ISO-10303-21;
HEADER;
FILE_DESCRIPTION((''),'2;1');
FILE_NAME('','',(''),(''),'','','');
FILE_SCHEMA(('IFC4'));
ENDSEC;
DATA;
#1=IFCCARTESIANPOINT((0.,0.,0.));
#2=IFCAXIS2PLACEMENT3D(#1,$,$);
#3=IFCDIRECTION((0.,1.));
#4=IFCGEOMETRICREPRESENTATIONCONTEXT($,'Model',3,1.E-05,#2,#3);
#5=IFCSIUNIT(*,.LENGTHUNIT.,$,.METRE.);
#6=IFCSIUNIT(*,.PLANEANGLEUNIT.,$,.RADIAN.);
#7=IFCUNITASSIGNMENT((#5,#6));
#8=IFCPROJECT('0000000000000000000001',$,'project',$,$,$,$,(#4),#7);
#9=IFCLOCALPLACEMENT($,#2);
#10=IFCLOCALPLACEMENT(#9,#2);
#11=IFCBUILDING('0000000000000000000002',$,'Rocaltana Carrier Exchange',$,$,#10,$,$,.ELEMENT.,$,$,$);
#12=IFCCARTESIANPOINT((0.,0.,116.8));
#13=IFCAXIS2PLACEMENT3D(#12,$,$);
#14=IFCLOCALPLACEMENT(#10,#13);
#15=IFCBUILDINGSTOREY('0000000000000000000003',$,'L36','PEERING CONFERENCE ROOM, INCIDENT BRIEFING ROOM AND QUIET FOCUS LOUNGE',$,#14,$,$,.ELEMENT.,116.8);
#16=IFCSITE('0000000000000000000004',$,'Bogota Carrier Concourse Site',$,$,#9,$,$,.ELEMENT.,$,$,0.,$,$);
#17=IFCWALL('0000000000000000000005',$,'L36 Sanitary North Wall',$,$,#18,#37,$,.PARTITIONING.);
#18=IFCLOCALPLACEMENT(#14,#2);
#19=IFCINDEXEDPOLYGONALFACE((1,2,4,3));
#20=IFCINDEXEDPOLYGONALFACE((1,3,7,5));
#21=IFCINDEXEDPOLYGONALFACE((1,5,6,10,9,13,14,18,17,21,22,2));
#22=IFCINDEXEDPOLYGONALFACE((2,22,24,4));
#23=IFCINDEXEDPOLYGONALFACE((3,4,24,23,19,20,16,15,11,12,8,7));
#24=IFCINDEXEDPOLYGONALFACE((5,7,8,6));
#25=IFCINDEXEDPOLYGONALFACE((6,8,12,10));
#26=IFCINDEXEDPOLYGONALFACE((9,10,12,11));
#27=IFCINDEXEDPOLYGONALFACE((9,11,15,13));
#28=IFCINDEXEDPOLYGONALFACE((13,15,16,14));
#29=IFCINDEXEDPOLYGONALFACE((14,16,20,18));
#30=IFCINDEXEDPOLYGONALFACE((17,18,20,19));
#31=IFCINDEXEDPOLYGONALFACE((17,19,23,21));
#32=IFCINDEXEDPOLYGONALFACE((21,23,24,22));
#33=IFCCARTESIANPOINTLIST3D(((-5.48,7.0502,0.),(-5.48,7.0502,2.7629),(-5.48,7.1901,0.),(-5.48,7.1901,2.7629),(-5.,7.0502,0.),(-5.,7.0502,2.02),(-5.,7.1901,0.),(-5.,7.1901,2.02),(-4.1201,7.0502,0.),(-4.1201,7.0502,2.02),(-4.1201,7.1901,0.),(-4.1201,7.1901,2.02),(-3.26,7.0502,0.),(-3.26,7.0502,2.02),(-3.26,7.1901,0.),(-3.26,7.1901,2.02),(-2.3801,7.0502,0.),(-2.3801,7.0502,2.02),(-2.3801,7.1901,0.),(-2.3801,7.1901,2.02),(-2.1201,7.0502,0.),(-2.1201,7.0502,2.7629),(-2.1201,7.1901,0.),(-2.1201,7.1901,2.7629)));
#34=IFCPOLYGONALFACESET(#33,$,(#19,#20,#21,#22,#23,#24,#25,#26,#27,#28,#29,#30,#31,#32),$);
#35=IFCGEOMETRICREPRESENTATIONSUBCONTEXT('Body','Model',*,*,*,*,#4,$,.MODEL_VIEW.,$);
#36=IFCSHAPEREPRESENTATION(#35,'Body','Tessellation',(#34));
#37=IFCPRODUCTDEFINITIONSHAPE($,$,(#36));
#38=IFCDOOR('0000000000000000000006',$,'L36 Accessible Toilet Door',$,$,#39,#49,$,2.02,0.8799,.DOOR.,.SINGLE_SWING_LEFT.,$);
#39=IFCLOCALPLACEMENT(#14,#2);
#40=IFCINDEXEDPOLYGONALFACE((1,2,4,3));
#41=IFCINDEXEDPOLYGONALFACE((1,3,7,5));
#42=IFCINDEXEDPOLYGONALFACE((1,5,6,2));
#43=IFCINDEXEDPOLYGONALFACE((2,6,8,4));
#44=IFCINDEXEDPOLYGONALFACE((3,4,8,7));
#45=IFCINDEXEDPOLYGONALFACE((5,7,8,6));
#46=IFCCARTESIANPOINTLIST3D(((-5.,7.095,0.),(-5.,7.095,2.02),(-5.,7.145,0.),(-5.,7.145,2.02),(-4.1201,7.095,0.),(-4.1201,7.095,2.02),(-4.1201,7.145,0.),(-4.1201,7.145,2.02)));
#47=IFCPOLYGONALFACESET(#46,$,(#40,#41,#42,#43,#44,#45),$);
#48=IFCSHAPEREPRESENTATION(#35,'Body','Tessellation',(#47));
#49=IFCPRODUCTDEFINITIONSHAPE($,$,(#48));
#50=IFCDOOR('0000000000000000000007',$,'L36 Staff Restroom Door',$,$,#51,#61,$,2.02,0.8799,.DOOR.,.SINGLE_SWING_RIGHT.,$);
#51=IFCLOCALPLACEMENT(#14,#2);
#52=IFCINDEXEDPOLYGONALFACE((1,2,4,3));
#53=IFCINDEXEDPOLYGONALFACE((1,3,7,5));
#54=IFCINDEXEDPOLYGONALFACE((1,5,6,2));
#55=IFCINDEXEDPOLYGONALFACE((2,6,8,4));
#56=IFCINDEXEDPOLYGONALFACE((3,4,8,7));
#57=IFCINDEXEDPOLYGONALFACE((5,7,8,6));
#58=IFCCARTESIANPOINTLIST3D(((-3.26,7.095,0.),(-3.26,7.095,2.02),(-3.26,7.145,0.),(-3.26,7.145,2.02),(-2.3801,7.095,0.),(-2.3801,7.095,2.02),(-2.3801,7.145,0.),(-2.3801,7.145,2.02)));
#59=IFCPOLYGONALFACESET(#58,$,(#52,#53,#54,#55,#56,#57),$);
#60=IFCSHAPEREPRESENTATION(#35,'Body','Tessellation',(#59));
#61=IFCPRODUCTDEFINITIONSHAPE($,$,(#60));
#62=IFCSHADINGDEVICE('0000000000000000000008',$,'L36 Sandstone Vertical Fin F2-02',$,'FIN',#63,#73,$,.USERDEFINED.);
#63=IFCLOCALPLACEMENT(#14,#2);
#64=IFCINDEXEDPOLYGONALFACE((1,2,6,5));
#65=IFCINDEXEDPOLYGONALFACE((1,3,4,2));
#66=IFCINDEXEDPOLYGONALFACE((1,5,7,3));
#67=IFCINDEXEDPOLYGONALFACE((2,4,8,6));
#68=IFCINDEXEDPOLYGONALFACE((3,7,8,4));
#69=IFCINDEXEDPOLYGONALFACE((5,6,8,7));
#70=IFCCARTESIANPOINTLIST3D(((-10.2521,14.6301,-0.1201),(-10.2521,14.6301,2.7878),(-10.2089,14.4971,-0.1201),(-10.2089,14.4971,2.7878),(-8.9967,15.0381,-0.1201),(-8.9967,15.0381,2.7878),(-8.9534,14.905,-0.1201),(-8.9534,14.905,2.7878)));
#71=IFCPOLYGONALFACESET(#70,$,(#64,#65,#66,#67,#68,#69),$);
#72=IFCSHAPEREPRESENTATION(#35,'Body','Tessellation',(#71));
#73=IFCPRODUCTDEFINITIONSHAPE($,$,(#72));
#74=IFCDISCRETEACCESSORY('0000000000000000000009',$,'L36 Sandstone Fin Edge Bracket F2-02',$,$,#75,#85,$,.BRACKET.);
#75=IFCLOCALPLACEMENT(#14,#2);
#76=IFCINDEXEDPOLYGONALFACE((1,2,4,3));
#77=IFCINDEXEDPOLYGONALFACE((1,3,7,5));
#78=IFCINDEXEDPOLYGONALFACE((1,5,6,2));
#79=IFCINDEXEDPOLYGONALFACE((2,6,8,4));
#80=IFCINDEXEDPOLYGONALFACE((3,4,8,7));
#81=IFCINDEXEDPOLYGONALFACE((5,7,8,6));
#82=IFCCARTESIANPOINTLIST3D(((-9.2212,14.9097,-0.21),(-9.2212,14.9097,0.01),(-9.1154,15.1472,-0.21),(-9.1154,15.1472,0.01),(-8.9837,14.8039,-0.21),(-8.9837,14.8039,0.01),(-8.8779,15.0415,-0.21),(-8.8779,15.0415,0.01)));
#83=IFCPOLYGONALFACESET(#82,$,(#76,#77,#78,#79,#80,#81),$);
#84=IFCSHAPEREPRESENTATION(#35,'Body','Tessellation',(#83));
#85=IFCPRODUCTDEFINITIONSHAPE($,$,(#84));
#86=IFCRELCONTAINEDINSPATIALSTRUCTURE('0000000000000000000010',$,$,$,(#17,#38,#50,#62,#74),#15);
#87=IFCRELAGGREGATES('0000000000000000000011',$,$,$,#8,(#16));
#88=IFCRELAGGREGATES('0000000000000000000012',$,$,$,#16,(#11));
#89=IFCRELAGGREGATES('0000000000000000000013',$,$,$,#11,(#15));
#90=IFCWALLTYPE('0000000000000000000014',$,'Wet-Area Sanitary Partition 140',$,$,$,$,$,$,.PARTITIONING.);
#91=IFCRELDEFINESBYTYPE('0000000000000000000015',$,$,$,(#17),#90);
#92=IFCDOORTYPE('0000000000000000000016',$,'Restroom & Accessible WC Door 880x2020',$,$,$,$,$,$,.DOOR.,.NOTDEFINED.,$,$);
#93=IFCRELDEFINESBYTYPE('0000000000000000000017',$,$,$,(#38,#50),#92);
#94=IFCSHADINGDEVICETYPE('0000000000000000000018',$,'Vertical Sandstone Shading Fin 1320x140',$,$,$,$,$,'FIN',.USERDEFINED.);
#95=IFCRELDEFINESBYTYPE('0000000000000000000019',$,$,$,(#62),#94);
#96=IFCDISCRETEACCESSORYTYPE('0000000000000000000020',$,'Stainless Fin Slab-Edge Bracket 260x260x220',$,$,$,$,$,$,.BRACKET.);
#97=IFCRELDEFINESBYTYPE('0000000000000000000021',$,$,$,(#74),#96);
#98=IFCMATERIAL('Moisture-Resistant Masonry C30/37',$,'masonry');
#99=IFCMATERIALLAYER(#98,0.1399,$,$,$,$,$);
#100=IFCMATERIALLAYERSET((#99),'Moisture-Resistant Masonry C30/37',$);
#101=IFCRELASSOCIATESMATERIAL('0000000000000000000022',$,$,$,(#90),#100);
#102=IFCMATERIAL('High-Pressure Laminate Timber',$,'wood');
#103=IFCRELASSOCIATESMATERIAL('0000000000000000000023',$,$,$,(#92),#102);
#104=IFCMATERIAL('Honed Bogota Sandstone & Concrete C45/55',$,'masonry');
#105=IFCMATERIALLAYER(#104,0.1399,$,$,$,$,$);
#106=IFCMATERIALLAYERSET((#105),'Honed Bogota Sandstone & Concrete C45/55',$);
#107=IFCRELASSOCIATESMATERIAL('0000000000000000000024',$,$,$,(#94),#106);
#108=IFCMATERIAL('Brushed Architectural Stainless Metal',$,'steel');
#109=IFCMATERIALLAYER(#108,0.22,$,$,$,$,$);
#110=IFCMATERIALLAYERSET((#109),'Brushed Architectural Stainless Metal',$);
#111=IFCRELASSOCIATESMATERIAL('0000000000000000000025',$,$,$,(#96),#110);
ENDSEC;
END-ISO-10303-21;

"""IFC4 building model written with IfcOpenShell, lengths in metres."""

from ifc_helpers import new_model, si_unit, direction, frame, frame_2d, origin, origin_2d, place, context, subcontext, project, spatial, rectangle, extrude, material, layer, layer_set, type_object, element, fill, save


model = new_model("IFC4")

# Units and contexts
model_context = context("Model", 3, precision=1e-05, world=origin(), true_north=direction((0.0, 1.0)))
body_context = subcontext(model_context, "Body", "Model", "MODEL_VIEW")
ifc_project = project(units=[si_unit("LENGTHUNIT", "METRE"), si_unit("PLANEANGLEUNIT", "RADIAN")], contexts=[model_context])

# Site, building, storey
site_placement = place(None, origin())
site = spatial("IfcSite", under=ifc_project, at=site_placement, Name="Bogota Carrier Concourse Site", CompositionType="ELEMENT", RefElevation=0.0)
building_placement = place(site_placement, origin())
building = spatial("IfcBuilding", under=site, at=building_placement, Name="Rocaltana Carrier Exchange", CompositionType="ELEMENT")
storey_placement = place(building_placement, frame((0.0, 0.0, 116.8)))
storey = spatial("IfcBuildingStorey", under=building, at=storey_placement, Name="L36", Description="PEERING CONFERENCE ROOM, INCIDENT BRIEFING ROOM AND QUIET FOCUS LOUNGE", CompositionType="ELEMENT", Elevation=116.8)

# Wall, openings, doors
ifc_material_1 = material(Name="Moisture-Resistant Masonry C30/37", Category="masonry")
ifc_layer_1 = layer(ifc_material_1, 0.1399)
ifc_layer_set_1 = layer_set([ifc_layer_1], Name="Moisture-Resistant Masonry C30/37")
wall_type_1 = type_object("IfcWallType", Name="Wet-Area Sanitary Partition 140", PredefinedType="PARTITIONING", material=ifc_layer_set_1)
wall_1_placement = place(storey_placement, frame((-5.48, 7.1201, 0.0), z_axis=(0.0, 0.0, 1.0), x_axis=(1.0, 0.0, 0.0)))
wall_1 = element("IfcWall", 1, at=wall_1_placement, inside=storey, type_object=wall_type_1, Name="L36 Sanitary North Wall", PredefinedType="PARTITIONING", context=body_context, shape_type="SweptSolid", body=[
    extrude(rectangle(XDim=3.3599, YDim=0.1399, at=frame_2d((1.6799, 0.0))), origin(), (0.0, 0.0, 1.0), 2.7629),
])
opening_1_placement = place(wall_1_placement, frame((0.48, 0.0, 0.0)))
opening_1 = element("IfcOpeningElement", 2, at=opening_1_placement, cuts=wall_1, PredefinedType="OPENING", context=body_context, shape_type="SweptSolid", body=[
    extrude(rectangle(XDim=0.8799, YDim=2.02, at=frame_2d((0.4399, 1.01))), frame((0.0, 0.0798, 0.0), z_axis=(0.0, -1.0, 0.0), x_axis=(1.0, 0.0, 0.0)), (0.0, 0.0, 1.0), 0.1599),
])
opening_2_placement = place(wall_1_placement, frame((2.22, 0.0, 0.0)))
opening_2 = element("IfcOpeningElement", 3, at=opening_2_placement, cuts=wall_1, PredefinedType="OPENING", context=body_context, shape_type="SweptSolid", body=[
    extrude(rectangle(XDim=0.8799, YDim=2.02, at=frame_2d((0.4399, 1.01))), frame((0.0, 0.0798, 0.0), z_axis=(0.0, -1.0, 0.0), x_axis=(1.0, 0.0, 0.0)), (0.0, 0.0, 1.0), 0.1599),
])
ifc_material_2 = material(Name="High-Pressure Laminate Timber", Category="wood")
door_type_1 = type_object("IfcDoorType", Name="Restroom & Accessible WC Door 880x2020", OperationType="NOTDEFINED", PredefinedType="DOOR", material=ifc_material_2)
door_1_placement = place(opening_1_placement, origin())
door_1 = element("IfcDoor", 4, at=door_1_placement, inside=storey, type_object=door_type_1, Name="L36 Accessible Toilet Door", OperationType="SINGLE_SWING_LEFT", OverallHeight=2.02, OverallWidth=0.8799, PredefinedType="DOOR", context=body_context, shape_type="SweptSolid", body=[
    extrude(rectangle(XDim=0.8799, YDim=2.02, at=frame_2d((0.4399, 1.01))), frame((0.0, 0.0249, 0.0), z_axis=(0.0, -1.0, 0.0), x_axis=(1.0, 0.0, 0.0)), (0.0, 0.0, 1.0), 0.05),
])
fill(opening_1, door_1)
door_2_placement = place(opening_2_placement, origin())
door_2 = element("IfcDoor", 5, at=door_2_placement, inside=storey, type_object=door_type_1, Name="L36 Staff Restroom Door", OperationType="SINGLE_SWING_RIGHT", OverallHeight=2.02, OverallWidth=0.8799, PredefinedType="DOOR", context=body_context, shape_type="SweptSolid", body=[
    extrude(rectangle(XDim=0.8799, YDim=2.02, at=frame_2d((0.4399, 1.01))), frame((0.0, 0.0249, 0.0), z_axis=(0.0, -1.0, 0.0), x_axis=(1.0, 0.0, 0.0)), (0.0, 0.0, 1.0), 0.05),
])
fill(opening_2, door_2)

# Shading device
ifc_material_3 = material(Name="Honed Bogota Sandstone & Concrete C45/55", Category="masonry")
ifc_layer_2 = layer(ifc_material_3, 0.1399)
ifc_layer_set_2 = layer_set([ifc_layer_2], Name="Honed Bogota Sandstone & Concrete C45/55")
shading_device_type = type_object("IfcShadingDeviceType", Name="Vertical Sandstone Shading Fin 1320x140", ElementType="FIN", PredefinedType="USERDEFINED", material=ifc_layer_set_2)
shading_device_placement = place(storey_placement, frame((-9.6028, 14.7676, -0.1201), z_axis=(0.0, 0.0, 1.0), x_axis=(-0.951057, -0.309017, 0.0)))
element("IfcShadingDevice", 6, at=shading_device_placement, inside=storey, type_object=shading_device_type, Name="L36 Sandstone Vertical Fin F2-02", ObjectType="FIN", PredefinedType="USERDEFINED", context=body_context, shape_type="SweptSolid", body=[
    extrude(rectangle(XDim=1.3201, YDim=0.1399, at=origin_2d()), origin(), (0.0, 0.0, 1.0), 2.908),
])

# Discrete accessory
ifc_material_4 = material(Name="Brushed Architectural Stainless Metal", Category="steel")
ifc_layer_3 = layer(ifc_material_4, 0.22)
ifc_layer_set_3 = layer_set([ifc_layer_3], Name="Brushed Architectural Stainless Metal")
discrete_accessory_type = type_object("IfcDiscreteAccessoryType", Name="Stainless Fin Slab-Edge Bracket 260x260x220", PredefinedType="BRACKET", material=ifc_layer_set_3)
discrete_accessory_placement = place(storey_placement, frame((-9.0496, 14.9756, -0.21), z_axis=(0.0, 0.0, 1.0), x_axis=(-0.406737, -0.913545, 0.0)))
element("IfcDiscreteAccessory", 7, at=discrete_accessory_placement, inside=storey, type_object=discrete_accessory_type, Name="L36 Sandstone Fin Edge Bracket F2-02", PredefinedType="BRACKET", context=body_context, shape_type="SweptSolid", body=[
    extrude(rectangle(XDim=0.26, YDim=0.26, at=origin_2d()), origin(), (0.0, 0.0, 1.0), 0.22),
])

save(model, "model.ifc")
